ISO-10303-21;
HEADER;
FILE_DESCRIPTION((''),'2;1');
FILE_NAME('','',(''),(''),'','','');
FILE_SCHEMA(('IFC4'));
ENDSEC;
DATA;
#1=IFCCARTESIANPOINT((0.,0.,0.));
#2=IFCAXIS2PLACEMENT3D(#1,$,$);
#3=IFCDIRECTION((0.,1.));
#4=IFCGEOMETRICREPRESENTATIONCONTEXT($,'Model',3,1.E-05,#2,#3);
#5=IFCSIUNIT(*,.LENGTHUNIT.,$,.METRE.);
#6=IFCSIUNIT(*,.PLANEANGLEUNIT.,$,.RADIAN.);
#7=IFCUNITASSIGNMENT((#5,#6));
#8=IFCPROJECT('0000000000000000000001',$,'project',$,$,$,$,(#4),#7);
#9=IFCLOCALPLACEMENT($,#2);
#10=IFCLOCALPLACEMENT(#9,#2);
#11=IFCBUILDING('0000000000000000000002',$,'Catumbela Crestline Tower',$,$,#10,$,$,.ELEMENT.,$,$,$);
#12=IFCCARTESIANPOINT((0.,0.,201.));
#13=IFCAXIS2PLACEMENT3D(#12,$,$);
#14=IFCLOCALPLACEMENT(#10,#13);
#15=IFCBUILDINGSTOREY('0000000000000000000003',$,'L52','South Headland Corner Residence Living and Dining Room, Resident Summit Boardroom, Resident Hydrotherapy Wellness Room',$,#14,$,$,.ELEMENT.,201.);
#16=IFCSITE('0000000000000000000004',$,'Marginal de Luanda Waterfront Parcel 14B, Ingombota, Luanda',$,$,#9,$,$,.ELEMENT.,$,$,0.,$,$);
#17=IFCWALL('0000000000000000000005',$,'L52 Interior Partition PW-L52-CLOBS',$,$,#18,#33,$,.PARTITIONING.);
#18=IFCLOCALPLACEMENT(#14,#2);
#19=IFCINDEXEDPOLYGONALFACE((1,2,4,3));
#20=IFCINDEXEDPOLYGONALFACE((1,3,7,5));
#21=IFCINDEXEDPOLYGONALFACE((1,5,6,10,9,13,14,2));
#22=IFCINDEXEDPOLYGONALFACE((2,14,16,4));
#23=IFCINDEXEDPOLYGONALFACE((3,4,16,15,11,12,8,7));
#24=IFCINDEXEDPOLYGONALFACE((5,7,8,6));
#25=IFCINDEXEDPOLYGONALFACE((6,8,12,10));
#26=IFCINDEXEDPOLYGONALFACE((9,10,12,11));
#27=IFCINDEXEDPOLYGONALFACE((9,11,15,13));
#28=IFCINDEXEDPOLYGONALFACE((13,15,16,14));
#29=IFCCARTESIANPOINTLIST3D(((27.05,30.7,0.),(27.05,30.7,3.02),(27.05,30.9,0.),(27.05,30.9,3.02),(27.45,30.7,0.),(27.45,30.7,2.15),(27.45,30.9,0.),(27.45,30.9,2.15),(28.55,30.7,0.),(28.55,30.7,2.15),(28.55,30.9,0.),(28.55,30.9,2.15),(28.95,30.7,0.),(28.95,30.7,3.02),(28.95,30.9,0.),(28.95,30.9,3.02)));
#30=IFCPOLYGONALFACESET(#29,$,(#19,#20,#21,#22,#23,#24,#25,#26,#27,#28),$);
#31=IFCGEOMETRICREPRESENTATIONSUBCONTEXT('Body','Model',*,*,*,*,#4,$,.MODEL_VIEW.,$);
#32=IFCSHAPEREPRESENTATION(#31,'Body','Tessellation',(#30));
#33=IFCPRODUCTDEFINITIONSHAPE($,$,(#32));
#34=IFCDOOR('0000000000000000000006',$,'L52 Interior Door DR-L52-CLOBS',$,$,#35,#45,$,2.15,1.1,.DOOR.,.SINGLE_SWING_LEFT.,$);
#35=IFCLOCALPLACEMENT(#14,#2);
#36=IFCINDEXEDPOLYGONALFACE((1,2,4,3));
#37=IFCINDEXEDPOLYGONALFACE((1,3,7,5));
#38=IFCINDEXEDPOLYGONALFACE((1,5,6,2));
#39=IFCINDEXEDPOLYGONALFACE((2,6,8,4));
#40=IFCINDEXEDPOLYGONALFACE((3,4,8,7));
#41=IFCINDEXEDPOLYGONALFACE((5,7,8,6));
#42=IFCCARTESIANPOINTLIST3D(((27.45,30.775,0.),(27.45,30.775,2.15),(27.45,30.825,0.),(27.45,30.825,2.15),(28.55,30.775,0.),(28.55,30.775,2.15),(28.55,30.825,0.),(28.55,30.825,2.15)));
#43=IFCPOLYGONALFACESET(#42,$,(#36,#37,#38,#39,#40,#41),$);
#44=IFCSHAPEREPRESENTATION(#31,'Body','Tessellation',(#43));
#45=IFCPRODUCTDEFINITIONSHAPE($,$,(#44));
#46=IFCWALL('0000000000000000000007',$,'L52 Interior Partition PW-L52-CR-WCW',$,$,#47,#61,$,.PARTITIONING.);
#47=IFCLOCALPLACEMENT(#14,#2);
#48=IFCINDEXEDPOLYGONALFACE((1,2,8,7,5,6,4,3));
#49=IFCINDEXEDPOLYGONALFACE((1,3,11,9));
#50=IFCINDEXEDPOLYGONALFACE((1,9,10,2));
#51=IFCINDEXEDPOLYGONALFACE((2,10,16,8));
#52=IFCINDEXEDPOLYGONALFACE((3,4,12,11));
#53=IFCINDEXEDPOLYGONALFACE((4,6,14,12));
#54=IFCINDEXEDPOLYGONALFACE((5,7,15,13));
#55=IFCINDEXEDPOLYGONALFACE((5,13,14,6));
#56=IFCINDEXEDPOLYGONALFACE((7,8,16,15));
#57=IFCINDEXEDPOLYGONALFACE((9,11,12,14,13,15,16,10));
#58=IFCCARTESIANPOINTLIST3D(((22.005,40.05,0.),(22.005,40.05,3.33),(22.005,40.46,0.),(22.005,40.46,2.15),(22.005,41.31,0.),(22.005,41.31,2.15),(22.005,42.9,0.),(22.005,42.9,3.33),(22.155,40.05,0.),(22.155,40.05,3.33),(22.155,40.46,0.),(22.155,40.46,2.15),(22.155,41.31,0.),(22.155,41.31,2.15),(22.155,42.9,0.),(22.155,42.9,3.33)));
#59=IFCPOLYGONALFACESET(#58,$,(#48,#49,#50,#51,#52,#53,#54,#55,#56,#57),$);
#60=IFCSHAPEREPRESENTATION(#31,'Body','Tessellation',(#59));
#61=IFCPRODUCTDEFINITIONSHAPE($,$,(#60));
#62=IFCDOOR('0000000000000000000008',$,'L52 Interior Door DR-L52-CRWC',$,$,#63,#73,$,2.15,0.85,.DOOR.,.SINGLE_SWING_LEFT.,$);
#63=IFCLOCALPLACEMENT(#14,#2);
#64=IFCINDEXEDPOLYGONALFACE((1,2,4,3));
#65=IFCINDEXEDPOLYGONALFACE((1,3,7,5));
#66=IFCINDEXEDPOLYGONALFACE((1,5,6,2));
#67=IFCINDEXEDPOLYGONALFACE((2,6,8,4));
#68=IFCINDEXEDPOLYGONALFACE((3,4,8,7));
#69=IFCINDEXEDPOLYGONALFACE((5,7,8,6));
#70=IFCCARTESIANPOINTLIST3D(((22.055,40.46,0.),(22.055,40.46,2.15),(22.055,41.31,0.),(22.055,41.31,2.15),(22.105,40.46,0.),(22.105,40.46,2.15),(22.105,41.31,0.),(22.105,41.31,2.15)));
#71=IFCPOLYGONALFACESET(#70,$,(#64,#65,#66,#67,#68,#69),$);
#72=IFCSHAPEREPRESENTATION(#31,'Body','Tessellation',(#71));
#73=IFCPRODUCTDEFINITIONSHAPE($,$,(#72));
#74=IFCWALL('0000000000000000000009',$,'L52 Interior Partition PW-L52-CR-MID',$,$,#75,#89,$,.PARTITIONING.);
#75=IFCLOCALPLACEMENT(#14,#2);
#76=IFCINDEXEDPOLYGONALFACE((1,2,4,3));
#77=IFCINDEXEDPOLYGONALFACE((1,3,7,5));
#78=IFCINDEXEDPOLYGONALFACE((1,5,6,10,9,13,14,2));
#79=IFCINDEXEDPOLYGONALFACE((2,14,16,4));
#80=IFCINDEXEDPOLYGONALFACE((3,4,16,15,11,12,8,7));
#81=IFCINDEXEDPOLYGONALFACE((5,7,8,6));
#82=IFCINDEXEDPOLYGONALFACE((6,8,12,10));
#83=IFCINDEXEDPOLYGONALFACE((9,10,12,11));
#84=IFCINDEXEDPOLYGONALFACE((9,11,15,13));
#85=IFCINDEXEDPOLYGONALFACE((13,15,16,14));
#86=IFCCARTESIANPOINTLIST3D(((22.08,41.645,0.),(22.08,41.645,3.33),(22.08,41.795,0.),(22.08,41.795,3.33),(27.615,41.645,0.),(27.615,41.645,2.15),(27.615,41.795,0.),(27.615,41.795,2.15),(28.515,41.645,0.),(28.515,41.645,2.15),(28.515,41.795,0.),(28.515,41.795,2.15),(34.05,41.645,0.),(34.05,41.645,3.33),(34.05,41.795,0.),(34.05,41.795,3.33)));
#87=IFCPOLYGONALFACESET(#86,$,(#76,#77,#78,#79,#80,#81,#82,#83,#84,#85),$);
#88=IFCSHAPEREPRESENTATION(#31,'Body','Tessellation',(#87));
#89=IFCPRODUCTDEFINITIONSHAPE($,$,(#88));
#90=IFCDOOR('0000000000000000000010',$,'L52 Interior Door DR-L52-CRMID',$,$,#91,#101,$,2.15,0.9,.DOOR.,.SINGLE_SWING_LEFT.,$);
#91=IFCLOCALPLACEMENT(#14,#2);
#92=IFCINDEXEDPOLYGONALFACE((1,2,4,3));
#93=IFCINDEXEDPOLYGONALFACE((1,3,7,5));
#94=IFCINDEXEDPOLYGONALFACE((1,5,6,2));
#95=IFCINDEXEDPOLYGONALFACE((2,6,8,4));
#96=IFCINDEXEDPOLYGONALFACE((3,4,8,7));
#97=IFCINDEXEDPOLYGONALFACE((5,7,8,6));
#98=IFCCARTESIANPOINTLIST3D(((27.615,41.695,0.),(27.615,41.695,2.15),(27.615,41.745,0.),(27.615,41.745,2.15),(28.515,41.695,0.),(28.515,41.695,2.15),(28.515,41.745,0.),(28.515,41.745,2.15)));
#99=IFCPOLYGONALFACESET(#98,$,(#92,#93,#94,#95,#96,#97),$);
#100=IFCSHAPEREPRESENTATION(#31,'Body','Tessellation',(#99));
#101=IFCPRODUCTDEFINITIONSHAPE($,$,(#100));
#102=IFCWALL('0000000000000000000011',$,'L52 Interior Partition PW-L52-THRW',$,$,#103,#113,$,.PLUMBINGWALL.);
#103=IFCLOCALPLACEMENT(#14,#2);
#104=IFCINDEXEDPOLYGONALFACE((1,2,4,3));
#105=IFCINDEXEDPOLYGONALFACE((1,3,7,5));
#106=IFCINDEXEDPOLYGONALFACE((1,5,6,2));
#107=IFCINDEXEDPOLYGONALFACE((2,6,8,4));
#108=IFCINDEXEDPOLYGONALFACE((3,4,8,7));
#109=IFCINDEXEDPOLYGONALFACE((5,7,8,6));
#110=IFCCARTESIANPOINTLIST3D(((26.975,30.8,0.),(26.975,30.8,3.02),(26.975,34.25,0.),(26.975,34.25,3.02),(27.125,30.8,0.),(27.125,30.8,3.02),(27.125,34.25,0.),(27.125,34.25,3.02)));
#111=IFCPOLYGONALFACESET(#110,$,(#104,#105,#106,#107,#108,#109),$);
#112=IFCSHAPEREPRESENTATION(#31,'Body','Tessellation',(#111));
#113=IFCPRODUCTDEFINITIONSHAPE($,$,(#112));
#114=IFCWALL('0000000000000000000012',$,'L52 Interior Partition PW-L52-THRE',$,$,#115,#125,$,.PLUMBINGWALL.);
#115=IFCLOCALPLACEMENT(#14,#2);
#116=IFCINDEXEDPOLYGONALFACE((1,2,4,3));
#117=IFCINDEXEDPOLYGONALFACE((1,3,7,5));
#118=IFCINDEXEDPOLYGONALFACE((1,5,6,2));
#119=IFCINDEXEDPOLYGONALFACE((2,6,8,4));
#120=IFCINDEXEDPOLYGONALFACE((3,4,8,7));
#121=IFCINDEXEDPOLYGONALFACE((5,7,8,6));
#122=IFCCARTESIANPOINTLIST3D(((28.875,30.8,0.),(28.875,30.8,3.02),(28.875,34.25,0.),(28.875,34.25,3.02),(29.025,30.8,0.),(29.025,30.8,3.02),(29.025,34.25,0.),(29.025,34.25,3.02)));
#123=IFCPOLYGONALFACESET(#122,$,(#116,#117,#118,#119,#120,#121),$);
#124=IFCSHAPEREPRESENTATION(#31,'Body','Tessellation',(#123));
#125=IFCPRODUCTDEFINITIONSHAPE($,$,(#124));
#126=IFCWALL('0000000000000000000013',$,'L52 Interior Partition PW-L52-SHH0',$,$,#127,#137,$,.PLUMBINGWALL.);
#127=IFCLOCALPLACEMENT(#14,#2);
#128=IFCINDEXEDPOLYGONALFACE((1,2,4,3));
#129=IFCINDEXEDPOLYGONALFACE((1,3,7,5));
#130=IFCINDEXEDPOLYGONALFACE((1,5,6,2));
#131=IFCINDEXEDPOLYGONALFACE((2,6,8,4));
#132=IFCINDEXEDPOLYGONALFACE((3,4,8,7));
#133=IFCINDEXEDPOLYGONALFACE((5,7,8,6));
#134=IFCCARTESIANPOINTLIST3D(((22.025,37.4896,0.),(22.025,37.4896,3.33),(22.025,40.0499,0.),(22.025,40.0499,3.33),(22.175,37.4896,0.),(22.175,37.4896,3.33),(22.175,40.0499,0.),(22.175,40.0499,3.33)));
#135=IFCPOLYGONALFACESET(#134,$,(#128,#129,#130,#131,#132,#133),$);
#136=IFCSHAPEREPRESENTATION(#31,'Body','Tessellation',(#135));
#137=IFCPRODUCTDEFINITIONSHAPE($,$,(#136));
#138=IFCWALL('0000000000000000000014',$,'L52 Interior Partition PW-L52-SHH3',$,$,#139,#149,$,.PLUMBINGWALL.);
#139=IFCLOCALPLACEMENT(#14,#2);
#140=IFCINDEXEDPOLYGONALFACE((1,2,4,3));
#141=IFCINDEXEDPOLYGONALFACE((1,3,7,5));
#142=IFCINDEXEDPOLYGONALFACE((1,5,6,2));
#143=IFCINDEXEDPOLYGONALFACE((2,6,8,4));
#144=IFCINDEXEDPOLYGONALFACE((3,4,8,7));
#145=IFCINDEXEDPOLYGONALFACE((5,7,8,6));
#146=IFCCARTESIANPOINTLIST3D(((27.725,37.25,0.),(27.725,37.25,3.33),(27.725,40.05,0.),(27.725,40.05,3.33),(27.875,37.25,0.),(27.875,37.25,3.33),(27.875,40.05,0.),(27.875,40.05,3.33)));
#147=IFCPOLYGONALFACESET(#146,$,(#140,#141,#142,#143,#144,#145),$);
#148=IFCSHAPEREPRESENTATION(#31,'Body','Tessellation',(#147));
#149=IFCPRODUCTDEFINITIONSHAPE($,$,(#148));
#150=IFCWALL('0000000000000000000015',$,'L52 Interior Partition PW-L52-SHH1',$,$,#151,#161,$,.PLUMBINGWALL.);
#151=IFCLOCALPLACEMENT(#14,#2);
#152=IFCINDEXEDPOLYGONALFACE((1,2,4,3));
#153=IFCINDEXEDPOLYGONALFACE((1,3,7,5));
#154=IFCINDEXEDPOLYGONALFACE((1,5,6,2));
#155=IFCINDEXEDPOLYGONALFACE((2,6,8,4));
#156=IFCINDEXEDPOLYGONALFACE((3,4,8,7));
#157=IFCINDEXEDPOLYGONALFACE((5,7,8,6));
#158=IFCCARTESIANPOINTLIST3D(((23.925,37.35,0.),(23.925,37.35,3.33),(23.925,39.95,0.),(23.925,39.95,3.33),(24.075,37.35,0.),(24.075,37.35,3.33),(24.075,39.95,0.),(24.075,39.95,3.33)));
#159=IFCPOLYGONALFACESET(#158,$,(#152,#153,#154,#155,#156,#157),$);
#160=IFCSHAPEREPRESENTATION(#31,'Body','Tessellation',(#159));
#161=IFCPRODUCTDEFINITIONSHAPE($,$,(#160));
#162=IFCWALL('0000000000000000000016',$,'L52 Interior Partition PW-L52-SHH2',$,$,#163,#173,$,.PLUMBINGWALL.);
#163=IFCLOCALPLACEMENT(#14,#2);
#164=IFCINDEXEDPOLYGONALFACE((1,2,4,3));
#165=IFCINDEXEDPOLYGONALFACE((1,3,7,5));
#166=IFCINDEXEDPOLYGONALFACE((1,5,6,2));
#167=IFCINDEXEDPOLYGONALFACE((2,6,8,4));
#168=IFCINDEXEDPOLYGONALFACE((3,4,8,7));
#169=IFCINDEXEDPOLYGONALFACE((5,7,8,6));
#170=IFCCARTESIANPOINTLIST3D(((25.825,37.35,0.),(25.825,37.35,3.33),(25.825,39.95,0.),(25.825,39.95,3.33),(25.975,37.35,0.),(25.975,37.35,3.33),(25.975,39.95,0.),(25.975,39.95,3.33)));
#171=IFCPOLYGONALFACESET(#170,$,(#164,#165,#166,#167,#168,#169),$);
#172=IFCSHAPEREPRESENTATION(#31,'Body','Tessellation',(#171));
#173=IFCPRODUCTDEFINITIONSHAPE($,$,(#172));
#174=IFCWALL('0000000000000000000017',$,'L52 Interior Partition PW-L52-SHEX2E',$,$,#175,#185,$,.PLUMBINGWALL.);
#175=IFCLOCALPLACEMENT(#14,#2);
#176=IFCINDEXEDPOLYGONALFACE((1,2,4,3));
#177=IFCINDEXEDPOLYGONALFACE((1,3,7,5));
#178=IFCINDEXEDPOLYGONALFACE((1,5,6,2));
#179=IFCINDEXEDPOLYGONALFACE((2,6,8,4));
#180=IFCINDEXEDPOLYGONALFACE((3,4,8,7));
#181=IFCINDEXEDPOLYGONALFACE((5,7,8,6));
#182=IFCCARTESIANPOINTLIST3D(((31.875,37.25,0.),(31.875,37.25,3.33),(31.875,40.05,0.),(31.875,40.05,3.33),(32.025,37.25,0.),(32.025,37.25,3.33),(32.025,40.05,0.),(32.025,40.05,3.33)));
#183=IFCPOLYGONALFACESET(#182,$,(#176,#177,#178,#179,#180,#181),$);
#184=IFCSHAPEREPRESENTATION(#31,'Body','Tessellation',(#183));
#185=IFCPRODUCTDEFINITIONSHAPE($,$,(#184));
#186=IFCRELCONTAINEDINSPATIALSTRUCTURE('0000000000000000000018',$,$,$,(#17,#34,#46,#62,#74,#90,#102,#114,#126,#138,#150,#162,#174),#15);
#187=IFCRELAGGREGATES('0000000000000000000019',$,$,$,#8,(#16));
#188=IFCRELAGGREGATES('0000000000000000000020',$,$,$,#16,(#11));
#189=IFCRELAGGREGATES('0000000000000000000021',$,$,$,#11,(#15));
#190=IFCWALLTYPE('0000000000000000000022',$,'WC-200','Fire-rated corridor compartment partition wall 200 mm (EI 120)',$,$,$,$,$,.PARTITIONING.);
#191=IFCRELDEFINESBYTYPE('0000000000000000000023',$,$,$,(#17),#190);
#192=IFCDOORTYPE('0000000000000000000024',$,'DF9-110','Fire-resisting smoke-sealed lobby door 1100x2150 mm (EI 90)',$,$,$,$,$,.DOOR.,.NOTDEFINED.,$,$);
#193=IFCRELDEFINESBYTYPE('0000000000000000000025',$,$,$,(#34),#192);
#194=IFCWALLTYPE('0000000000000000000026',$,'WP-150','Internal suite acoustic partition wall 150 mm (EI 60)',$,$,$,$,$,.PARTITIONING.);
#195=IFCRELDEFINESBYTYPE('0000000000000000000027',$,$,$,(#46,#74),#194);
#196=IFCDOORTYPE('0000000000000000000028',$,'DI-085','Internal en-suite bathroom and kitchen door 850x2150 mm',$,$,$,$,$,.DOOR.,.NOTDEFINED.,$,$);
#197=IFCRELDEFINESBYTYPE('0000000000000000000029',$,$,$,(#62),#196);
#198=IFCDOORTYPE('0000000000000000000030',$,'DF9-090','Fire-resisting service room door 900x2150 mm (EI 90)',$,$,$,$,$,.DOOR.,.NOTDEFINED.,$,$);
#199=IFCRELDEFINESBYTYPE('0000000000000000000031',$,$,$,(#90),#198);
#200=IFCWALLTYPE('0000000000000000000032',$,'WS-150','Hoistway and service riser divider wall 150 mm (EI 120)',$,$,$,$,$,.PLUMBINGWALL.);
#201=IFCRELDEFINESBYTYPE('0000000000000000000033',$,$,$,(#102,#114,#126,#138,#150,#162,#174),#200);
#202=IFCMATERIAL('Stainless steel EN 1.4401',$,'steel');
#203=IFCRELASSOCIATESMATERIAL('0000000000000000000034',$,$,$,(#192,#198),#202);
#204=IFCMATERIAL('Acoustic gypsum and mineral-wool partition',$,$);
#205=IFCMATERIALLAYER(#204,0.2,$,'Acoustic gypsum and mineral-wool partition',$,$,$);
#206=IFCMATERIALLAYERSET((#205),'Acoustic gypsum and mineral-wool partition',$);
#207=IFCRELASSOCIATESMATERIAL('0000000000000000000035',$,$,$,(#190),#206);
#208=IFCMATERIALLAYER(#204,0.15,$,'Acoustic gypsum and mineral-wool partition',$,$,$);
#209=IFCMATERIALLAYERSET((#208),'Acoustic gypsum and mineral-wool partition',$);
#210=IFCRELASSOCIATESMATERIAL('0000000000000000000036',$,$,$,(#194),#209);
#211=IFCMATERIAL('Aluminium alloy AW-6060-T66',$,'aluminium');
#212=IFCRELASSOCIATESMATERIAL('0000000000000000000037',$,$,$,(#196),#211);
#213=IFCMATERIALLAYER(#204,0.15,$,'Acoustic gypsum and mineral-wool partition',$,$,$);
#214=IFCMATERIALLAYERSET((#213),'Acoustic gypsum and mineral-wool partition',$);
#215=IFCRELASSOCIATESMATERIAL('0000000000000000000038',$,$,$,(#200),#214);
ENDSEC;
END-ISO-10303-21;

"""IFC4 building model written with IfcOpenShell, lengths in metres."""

from ifc_helpers import new_model, si_unit, direction, frame, frame_2d, origin, place, context, subcontext, project, spatial, rectangle, extrude, material, layer, layer_set, type_object, element, fill, save


model = new_model("IFC4")

# Units and contexts
model_context = context("Model", 3, precision=1e-05, world=origin(), true_north=direction((0.0, 1.0)))
body_context = subcontext(model_context, "Body", "Model", "MODEL_VIEW")
ifc_project = project(units=[si_unit("LENGTHUNIT", "METRE"), si_unit("PLANEANGLEUNIT", "RADIAN")], contexts=[model_context])

# Site, building, storey
site_placement = place(None, origin())
site = spatial("IfcSite", under=ifc_project, at=site_placement, Name="Marginal de Luanda Waterfront Parcel 14B, Ingombota, Luanda", CompositionType="ELEMENT", RefElevation=0.0)
building_placement = place(site_placement, origin())
building = spatial("IfcBuilding", under=site, at=building_placement, Name="Catumbela Crestline Tower", CompositionType="ELEMENT")
storey_placement = place(building_placement, frame((0.0, 0.0, 201.0)))
storey = spatial("IfcBuildingStorey", under=building, at=storey_placement, Name="L52", Description="South Headland Corner Residence Living and Dining Room, Resident Summit Boardroom, Resident Hydrotherapy Wellness Room", CompositionType="ELEMENT", Elevation=201.0)

# Shared definitions
ifc_material_1 = material(Name="Stainless steel EN 1.4401", Category="steel")

# Walls, openings, doors
door_type_1 = type_object("IfcDoorType", Name="DF9-110", Description="Fire-resisting smoke-sealed lobby door 1100x2150 mm (EI 90)", OperationType="NOTDEFINED", PredefinedType="DOOR", material=ifc_material_1)
ifc_material_2 = material(Name="Acoustic gypsum and mineral-wool partition")
ifc_layer_1 = layer(ifc_material_2, 0.2, Name="Acoustic gypsum and mineral-wool partition")
ifc_layer_set_1 = layer_set([ifc_layer_1], Name="Acoustic gypsum and mineral-wool partition")
wall_type_1 = type_object("IfcWallType", Name="WC-200", Description="Fire-rated corridor compartment partition wall 200 mm (EI 120)", PredefinedType="PARTITIONING", material=ifc_layer_set_1)
wall_1_placement = place(storey_placement, frame((27.05, 30.8, 0.0), z_axis=(0.0, 0.0, 1.0), x_axis=(1.0, 0.0, 0.0)))
wall_1 = element("IfcWall", 1, at=wall_1_placement, inside=storey, type_object=wall_type_1, Name="L52 Interior Partition PW-L52-CLOBS", PredefinedType="PARTITIONING", context=body_context, shape_type="SweptSolid", body=[
    extrude(rectangle(XDim=1.9, YDim=0.2, at=frame_2d((0.95, 0.0))), origin(), (0.0, 0.0, 1.0), 3.02),
])
opening_1_placement = place(wall_1_placement, frame((0.4, 0.0, 0.0)))
opening_1 = element("IfcOpeningElement", 2, at=opening_1_placement, cuts=wall_1, PredefinedType="OPENING", context=body_context, shape_type="SweptSolid", body=[
    extrude(rectangle(XDim=1.1, YDim=2.15, at=frame_2d((0.55, 1.075))), frame((0.0, 0.11, 0.0), z_axis=(0.0, -1.0, 0.0), x_axis=(1.0, 0.0, 0.0)), (0.0, 0.0, 1.0), 0.22),
])
door_1_placement = place(opening_1_placement, origin())
door_1 = element("IfcDoor", 3, at=door_1_placement, inside=storey, type_object=door_type_1, Name="L52 Interior Door DR-L52-CLOBS", OperationType="SINGLE_SWING_LEFT", OverallHeight=2.15, OverallWidth=1.1, PredefinedType="DOOR", context=body_context, shape_type="SweptSolid", body=[
    extrude(rectangle(XDim=1.1, YDim=2.15, at=frame_2d((0.55, 1.075))), frame((0.0, 0.025, 0.0), z_axis=(0.0, -1.0, 0.0), x_axis=(1.0, 0.0, 0.0)), (0.0, 0.0, 1.0), 0.05),
])
fill(opening_1, door_1)
ifc_layer_2 = layer(ifc_material_2, 0.15, Name="Acoustic gypsum and mineral-wool partition")
ifc_layer_set_2 = layer_set([ifc_layer_2], Name="Acoustic gypsum and mineral-wool partition")
wall_type_2 = type_object("IfcWallType", Name="WP-150", Description="Internal suite acoustic partition wall 150 mm (EI 60)", PredefinedType="PARTITIONING", material=ifc_layer_set_2)
wall_2_placement = place(storey_placement, frame((22.08, 40.05, 0.0), z_axis=(0.0, 0.0, 1.0), x_axis=(0.0, 1.0, 0.0)))
wall_2 = element("IfcWall", 4, at=wall_2_placement, inside=storey, type_object=wall_type_2, Name="L52 Interior Partition PW-L52-CR-WCW", PredefinedType="PARTITIONING", context=body_context, shape_type="SweptSolid", body=[
    extrude(rectangle(XDim=2.85, YDim=0.15, at=frame_2d((1.425, 0.0))), origin(), (0.0, 0.0, 1.0), 3.33),
])
opening_2_placement = place(wall_2_placement, frame((0.41, 0.0, 0.0)))
opening_2 = element("IfcOpeningElement", 5, at=opening_2_placement, cuts=wall_2, PredefinedType="OPENING", context=body_context, shape_type="SweptSolid", body=[
    extrude(rectangle(XDim=0.85, YDim=2.15, at=frame_2d((0.425, 1.075))), frame((0.0, 0.085, 0.0), z_axis=(0.0, -1.0, 0.0), x_axis=(1.0, 0.0, 0.0)), (0.0, 0.0, 1.0), 0.17),
])
ifc_material_3 = material(Name="Aluminium alloy AW-6060-T66", Category="aluminium")
door_type_2 = type_object("IfcDoorType", Name="DI-085", Description="Internal en-suite bathroom and kitchen door 850x2150 mm", OperationType="NOTDEFINED", PredefinedType="DOOR", material=ifc_material_3)
door_2_placement = place(opening_2_placement, origin())
door_2 = element("IfcDoor", 6, at=door_2_placement, inside=storey, type_object=door_type_2, Name="L52 Interior Door DR-L52-CRWC", OperationType="SINGLE_SWING_LEFT", OverallHeight=2.15, OverallWidth=0.85, PredefinedType="DOOR", context=body_context, shape_type="SweptSolid", body=[
    extrude(rectangle(XDim=0.85, YDim=2.15, at=frame_2d((0.425, 1.075))), frame((0.0, 0.025, 0.0), z_axis=(0.0, -1.0, 0.0), x_axis=(1.0, 0.0, 0.0)), (0.0, 0.0, 1.0), 0.05),
])
fill(opening_2, door_2)
wall_3_placement = place(storey_placement, frame((22.08, 41.72, 0.0), z_axis=(0.0, 0.0, 1.0), x_axis=(1.0, 0.0, 0.0)))
wall_3 = element("IfcWall", 7, at=wall_3_placement, inside=storey, type_object=wall_type_2, Name="L52 Interior Partition PW-L52-CR-MID", PredefinedType="PARTITIONING", context=body_context, shape_type="SweptSolid", body=[
    extrude(rectangle(XDim=11.97, YDim=0.15, at=frame_2d((5.985, 0.0))), origin(), (0.0, 0.0, 1.0), 3.33),
])
opening_3_placement = place(wall_3_placement, frame((5.535, 0.0, 0.0)))
opening_3 = element("IfcOpeningElement", 8, at=opening_3_placement, cuts=wall_3, PredefinedType="OPENING", context=body_context, shape_type="SweptSolid", body=[
    extrude(rectangle(XDim=0.9, YDim=2.15, at=frame_2d((0.45, 1.075))), frame((0.0, 0.085, 0.0), z_axis=(0.0, -1.0, 0.0), x_axis=(1.0, 0.0, 0.0)), (0.0, 0.0, 1.0), 0.17),
])
door_type_3 = type_object("IfcDoorType", Name="DF9-090", Description="Fire-resisting service room door 900x2150 mm (EI 90)", OperationType="NOTDEFINED", PredefinedType="DOOR", material=ifc_material_1)
door_3_placement = place(opening_3_placement, origin())
door_3 = element("IfcDoor", 9, at=door_3_placement, inside=storey, type_object=door_type_3, Name="L52 Interior Door DR-L52-CRMID", OperationType="SINGLE_SWING_LEFT", OverallHeight=2.15, OverallWidth=0.9, PredefinedType="DOOR", context=body_context, shape_type="SweptSolid", body=[
    extrude(rectangle(XDim=0.9, YDim=2.15, at=frame_2d((0.45, 1.075))), frame((0.0, 0.025, 0.0), z_axis=(0.0, -1.0, 0.0), x_axis=(1.0, 0.0, 0.0)), (0.0, 0.0, 1.0), 0.05),
])
fill(opening_3, door_3)

# Walls
ifc_layer_3 = layer(ifc_material_2, 0.15, Name="Acoustic gypsum and mineral-wool partition")
ifc_layer_set_3 = layer_set([ifc_layer_3], Name="Acoustic gypsum and mineral-wool partition")
wall_type_3 = type_object("IfcWallType", Name="WS-150", Description="Hoistway and service riser divider wall 150 mm (EI 120)", PredefinedType="PLUMBINGWALL", material=ifc_layer_set_3)
for number, where, z_axis, x_axis, name in (
    (10, (27.05, 30.8, 0.0), (0.0, 0.0, 1.0), (0.0, 1.0, 0.0), "L52 Interior Partition PW-L52-THRW"),
    (11, (28.95, 30.8, 0.0), (0.0, 0.0, 1.0), (0.0, 1.0, 0.0), "L52 Interior Partition PW-L52-THRE"),
):
    element("IfcWall", number, at=place(storey_placement, frame(where, z_axis=z_axis, x_axis=x_axis)), inside=storey, type_object=wall_type_3, Name=name, PredefinedType="PLUMBINGWALL", context=body_context, shape_type="SweptSolid", body=[
        extrude(rectangle(XDim=3.45, YDim=0.15, at=frame_2d((1.725, 0.0))), origin(), (0.0, 0.0, 1.0), 3.02),
    ])
wall_4_placement = place(storey_placement, frame((22.1, 37.4897, 0.0), z_axis=(0.0, 0.0, 1.0), x_axis=(0.0, 1.0, 0.0)))
element("IfcWall", 12, at=wall_4_placement, inside=storey, type_object=wall_type_3, Name="L52 Interior Partition PW-L52-SHH0", PredefinedType="PLUMBINGWALL", context=body_context, shape_type="SweptSolid", body=[
    extrude(rectangle(XDim=2.5603, YDim=0.15, at=frame_2d((1.2801, 0.0))), origin(), (0.0, 0.0, 1.0), 3.33),
])
wall_5_placement = place(storey_placement, frame((27.8, 37.25, 0.0), z_axis=(0.0, 0.0, 1.0), x_axis=(0.0, 1.0, 0.0)))
element("IfcWall", 13, at=wall_5_placement, inside=storey, type_object=wall_type_3, Name="L52 Interior Partition PW-L52-SHH3", PredefinedType="PLUMBINGWALL", context=body_context, shape_type="SweptSolid", body=[
    extrude(rectangle(XDim=2.8, YDim=0.15, at=frame_2d((1.4, 0.0))), origin(), (0.0, 0.0, 1.0), 3.33),
])
for number, where, z_axis, x_axis, name in (
    (14, (24.0, 37.35, 0.0), (0.0, 0.0, 1.0), (0.0, 1.0, 0.0), "L52 Interior Partition PW-L52-SHH1"),
    (15, (25.9, 37.35, 0.0), (0.0, 0.0, 1.0), (0.0, 1.0, 0.0), "L52 Interior Partition PW-L52-SHH2"),
):
    element("IfcWall", number, at=place(storey_placement, frame(where, z_axis=z_axis, x_axis=x_axis)), inside=storey, type_object=wall_type_3, Name=name, PredefinedType="PLUMBINGWALL", context=body_context, shape_type="SweptSolid", body=[
        extrude(rectangle(XDim=2.6, YDim=0.15, at=frame_2d((1.3, 0.0))), origin(), (0.0, 0.0, 1.0), 3.33),
    ])
wall_6_placement = place(storey_placement, frame((31.95, 37.25, 0.0), z_axis=(0.0, 0.0, 1.0), x_axis=(0.0, 1.0, 0.0)))
element("IfcWall", 16, at=wall_6_placement, inside=storey, type_object=wall_type_3, Name="L52 Interior Partition PW-L52-SHEX2E", PredefinedType="PLUMBINGWALL", context=body_context, shape_type="SweptSolid", body=[
    extrude(rectangle(XDim=2.8, YDim=0.15, at=frame_2d((1.4, 0.0))), origin(), (0.0, 0.0, 1.0), 3.33),
])

save(model, "model.ifc")
